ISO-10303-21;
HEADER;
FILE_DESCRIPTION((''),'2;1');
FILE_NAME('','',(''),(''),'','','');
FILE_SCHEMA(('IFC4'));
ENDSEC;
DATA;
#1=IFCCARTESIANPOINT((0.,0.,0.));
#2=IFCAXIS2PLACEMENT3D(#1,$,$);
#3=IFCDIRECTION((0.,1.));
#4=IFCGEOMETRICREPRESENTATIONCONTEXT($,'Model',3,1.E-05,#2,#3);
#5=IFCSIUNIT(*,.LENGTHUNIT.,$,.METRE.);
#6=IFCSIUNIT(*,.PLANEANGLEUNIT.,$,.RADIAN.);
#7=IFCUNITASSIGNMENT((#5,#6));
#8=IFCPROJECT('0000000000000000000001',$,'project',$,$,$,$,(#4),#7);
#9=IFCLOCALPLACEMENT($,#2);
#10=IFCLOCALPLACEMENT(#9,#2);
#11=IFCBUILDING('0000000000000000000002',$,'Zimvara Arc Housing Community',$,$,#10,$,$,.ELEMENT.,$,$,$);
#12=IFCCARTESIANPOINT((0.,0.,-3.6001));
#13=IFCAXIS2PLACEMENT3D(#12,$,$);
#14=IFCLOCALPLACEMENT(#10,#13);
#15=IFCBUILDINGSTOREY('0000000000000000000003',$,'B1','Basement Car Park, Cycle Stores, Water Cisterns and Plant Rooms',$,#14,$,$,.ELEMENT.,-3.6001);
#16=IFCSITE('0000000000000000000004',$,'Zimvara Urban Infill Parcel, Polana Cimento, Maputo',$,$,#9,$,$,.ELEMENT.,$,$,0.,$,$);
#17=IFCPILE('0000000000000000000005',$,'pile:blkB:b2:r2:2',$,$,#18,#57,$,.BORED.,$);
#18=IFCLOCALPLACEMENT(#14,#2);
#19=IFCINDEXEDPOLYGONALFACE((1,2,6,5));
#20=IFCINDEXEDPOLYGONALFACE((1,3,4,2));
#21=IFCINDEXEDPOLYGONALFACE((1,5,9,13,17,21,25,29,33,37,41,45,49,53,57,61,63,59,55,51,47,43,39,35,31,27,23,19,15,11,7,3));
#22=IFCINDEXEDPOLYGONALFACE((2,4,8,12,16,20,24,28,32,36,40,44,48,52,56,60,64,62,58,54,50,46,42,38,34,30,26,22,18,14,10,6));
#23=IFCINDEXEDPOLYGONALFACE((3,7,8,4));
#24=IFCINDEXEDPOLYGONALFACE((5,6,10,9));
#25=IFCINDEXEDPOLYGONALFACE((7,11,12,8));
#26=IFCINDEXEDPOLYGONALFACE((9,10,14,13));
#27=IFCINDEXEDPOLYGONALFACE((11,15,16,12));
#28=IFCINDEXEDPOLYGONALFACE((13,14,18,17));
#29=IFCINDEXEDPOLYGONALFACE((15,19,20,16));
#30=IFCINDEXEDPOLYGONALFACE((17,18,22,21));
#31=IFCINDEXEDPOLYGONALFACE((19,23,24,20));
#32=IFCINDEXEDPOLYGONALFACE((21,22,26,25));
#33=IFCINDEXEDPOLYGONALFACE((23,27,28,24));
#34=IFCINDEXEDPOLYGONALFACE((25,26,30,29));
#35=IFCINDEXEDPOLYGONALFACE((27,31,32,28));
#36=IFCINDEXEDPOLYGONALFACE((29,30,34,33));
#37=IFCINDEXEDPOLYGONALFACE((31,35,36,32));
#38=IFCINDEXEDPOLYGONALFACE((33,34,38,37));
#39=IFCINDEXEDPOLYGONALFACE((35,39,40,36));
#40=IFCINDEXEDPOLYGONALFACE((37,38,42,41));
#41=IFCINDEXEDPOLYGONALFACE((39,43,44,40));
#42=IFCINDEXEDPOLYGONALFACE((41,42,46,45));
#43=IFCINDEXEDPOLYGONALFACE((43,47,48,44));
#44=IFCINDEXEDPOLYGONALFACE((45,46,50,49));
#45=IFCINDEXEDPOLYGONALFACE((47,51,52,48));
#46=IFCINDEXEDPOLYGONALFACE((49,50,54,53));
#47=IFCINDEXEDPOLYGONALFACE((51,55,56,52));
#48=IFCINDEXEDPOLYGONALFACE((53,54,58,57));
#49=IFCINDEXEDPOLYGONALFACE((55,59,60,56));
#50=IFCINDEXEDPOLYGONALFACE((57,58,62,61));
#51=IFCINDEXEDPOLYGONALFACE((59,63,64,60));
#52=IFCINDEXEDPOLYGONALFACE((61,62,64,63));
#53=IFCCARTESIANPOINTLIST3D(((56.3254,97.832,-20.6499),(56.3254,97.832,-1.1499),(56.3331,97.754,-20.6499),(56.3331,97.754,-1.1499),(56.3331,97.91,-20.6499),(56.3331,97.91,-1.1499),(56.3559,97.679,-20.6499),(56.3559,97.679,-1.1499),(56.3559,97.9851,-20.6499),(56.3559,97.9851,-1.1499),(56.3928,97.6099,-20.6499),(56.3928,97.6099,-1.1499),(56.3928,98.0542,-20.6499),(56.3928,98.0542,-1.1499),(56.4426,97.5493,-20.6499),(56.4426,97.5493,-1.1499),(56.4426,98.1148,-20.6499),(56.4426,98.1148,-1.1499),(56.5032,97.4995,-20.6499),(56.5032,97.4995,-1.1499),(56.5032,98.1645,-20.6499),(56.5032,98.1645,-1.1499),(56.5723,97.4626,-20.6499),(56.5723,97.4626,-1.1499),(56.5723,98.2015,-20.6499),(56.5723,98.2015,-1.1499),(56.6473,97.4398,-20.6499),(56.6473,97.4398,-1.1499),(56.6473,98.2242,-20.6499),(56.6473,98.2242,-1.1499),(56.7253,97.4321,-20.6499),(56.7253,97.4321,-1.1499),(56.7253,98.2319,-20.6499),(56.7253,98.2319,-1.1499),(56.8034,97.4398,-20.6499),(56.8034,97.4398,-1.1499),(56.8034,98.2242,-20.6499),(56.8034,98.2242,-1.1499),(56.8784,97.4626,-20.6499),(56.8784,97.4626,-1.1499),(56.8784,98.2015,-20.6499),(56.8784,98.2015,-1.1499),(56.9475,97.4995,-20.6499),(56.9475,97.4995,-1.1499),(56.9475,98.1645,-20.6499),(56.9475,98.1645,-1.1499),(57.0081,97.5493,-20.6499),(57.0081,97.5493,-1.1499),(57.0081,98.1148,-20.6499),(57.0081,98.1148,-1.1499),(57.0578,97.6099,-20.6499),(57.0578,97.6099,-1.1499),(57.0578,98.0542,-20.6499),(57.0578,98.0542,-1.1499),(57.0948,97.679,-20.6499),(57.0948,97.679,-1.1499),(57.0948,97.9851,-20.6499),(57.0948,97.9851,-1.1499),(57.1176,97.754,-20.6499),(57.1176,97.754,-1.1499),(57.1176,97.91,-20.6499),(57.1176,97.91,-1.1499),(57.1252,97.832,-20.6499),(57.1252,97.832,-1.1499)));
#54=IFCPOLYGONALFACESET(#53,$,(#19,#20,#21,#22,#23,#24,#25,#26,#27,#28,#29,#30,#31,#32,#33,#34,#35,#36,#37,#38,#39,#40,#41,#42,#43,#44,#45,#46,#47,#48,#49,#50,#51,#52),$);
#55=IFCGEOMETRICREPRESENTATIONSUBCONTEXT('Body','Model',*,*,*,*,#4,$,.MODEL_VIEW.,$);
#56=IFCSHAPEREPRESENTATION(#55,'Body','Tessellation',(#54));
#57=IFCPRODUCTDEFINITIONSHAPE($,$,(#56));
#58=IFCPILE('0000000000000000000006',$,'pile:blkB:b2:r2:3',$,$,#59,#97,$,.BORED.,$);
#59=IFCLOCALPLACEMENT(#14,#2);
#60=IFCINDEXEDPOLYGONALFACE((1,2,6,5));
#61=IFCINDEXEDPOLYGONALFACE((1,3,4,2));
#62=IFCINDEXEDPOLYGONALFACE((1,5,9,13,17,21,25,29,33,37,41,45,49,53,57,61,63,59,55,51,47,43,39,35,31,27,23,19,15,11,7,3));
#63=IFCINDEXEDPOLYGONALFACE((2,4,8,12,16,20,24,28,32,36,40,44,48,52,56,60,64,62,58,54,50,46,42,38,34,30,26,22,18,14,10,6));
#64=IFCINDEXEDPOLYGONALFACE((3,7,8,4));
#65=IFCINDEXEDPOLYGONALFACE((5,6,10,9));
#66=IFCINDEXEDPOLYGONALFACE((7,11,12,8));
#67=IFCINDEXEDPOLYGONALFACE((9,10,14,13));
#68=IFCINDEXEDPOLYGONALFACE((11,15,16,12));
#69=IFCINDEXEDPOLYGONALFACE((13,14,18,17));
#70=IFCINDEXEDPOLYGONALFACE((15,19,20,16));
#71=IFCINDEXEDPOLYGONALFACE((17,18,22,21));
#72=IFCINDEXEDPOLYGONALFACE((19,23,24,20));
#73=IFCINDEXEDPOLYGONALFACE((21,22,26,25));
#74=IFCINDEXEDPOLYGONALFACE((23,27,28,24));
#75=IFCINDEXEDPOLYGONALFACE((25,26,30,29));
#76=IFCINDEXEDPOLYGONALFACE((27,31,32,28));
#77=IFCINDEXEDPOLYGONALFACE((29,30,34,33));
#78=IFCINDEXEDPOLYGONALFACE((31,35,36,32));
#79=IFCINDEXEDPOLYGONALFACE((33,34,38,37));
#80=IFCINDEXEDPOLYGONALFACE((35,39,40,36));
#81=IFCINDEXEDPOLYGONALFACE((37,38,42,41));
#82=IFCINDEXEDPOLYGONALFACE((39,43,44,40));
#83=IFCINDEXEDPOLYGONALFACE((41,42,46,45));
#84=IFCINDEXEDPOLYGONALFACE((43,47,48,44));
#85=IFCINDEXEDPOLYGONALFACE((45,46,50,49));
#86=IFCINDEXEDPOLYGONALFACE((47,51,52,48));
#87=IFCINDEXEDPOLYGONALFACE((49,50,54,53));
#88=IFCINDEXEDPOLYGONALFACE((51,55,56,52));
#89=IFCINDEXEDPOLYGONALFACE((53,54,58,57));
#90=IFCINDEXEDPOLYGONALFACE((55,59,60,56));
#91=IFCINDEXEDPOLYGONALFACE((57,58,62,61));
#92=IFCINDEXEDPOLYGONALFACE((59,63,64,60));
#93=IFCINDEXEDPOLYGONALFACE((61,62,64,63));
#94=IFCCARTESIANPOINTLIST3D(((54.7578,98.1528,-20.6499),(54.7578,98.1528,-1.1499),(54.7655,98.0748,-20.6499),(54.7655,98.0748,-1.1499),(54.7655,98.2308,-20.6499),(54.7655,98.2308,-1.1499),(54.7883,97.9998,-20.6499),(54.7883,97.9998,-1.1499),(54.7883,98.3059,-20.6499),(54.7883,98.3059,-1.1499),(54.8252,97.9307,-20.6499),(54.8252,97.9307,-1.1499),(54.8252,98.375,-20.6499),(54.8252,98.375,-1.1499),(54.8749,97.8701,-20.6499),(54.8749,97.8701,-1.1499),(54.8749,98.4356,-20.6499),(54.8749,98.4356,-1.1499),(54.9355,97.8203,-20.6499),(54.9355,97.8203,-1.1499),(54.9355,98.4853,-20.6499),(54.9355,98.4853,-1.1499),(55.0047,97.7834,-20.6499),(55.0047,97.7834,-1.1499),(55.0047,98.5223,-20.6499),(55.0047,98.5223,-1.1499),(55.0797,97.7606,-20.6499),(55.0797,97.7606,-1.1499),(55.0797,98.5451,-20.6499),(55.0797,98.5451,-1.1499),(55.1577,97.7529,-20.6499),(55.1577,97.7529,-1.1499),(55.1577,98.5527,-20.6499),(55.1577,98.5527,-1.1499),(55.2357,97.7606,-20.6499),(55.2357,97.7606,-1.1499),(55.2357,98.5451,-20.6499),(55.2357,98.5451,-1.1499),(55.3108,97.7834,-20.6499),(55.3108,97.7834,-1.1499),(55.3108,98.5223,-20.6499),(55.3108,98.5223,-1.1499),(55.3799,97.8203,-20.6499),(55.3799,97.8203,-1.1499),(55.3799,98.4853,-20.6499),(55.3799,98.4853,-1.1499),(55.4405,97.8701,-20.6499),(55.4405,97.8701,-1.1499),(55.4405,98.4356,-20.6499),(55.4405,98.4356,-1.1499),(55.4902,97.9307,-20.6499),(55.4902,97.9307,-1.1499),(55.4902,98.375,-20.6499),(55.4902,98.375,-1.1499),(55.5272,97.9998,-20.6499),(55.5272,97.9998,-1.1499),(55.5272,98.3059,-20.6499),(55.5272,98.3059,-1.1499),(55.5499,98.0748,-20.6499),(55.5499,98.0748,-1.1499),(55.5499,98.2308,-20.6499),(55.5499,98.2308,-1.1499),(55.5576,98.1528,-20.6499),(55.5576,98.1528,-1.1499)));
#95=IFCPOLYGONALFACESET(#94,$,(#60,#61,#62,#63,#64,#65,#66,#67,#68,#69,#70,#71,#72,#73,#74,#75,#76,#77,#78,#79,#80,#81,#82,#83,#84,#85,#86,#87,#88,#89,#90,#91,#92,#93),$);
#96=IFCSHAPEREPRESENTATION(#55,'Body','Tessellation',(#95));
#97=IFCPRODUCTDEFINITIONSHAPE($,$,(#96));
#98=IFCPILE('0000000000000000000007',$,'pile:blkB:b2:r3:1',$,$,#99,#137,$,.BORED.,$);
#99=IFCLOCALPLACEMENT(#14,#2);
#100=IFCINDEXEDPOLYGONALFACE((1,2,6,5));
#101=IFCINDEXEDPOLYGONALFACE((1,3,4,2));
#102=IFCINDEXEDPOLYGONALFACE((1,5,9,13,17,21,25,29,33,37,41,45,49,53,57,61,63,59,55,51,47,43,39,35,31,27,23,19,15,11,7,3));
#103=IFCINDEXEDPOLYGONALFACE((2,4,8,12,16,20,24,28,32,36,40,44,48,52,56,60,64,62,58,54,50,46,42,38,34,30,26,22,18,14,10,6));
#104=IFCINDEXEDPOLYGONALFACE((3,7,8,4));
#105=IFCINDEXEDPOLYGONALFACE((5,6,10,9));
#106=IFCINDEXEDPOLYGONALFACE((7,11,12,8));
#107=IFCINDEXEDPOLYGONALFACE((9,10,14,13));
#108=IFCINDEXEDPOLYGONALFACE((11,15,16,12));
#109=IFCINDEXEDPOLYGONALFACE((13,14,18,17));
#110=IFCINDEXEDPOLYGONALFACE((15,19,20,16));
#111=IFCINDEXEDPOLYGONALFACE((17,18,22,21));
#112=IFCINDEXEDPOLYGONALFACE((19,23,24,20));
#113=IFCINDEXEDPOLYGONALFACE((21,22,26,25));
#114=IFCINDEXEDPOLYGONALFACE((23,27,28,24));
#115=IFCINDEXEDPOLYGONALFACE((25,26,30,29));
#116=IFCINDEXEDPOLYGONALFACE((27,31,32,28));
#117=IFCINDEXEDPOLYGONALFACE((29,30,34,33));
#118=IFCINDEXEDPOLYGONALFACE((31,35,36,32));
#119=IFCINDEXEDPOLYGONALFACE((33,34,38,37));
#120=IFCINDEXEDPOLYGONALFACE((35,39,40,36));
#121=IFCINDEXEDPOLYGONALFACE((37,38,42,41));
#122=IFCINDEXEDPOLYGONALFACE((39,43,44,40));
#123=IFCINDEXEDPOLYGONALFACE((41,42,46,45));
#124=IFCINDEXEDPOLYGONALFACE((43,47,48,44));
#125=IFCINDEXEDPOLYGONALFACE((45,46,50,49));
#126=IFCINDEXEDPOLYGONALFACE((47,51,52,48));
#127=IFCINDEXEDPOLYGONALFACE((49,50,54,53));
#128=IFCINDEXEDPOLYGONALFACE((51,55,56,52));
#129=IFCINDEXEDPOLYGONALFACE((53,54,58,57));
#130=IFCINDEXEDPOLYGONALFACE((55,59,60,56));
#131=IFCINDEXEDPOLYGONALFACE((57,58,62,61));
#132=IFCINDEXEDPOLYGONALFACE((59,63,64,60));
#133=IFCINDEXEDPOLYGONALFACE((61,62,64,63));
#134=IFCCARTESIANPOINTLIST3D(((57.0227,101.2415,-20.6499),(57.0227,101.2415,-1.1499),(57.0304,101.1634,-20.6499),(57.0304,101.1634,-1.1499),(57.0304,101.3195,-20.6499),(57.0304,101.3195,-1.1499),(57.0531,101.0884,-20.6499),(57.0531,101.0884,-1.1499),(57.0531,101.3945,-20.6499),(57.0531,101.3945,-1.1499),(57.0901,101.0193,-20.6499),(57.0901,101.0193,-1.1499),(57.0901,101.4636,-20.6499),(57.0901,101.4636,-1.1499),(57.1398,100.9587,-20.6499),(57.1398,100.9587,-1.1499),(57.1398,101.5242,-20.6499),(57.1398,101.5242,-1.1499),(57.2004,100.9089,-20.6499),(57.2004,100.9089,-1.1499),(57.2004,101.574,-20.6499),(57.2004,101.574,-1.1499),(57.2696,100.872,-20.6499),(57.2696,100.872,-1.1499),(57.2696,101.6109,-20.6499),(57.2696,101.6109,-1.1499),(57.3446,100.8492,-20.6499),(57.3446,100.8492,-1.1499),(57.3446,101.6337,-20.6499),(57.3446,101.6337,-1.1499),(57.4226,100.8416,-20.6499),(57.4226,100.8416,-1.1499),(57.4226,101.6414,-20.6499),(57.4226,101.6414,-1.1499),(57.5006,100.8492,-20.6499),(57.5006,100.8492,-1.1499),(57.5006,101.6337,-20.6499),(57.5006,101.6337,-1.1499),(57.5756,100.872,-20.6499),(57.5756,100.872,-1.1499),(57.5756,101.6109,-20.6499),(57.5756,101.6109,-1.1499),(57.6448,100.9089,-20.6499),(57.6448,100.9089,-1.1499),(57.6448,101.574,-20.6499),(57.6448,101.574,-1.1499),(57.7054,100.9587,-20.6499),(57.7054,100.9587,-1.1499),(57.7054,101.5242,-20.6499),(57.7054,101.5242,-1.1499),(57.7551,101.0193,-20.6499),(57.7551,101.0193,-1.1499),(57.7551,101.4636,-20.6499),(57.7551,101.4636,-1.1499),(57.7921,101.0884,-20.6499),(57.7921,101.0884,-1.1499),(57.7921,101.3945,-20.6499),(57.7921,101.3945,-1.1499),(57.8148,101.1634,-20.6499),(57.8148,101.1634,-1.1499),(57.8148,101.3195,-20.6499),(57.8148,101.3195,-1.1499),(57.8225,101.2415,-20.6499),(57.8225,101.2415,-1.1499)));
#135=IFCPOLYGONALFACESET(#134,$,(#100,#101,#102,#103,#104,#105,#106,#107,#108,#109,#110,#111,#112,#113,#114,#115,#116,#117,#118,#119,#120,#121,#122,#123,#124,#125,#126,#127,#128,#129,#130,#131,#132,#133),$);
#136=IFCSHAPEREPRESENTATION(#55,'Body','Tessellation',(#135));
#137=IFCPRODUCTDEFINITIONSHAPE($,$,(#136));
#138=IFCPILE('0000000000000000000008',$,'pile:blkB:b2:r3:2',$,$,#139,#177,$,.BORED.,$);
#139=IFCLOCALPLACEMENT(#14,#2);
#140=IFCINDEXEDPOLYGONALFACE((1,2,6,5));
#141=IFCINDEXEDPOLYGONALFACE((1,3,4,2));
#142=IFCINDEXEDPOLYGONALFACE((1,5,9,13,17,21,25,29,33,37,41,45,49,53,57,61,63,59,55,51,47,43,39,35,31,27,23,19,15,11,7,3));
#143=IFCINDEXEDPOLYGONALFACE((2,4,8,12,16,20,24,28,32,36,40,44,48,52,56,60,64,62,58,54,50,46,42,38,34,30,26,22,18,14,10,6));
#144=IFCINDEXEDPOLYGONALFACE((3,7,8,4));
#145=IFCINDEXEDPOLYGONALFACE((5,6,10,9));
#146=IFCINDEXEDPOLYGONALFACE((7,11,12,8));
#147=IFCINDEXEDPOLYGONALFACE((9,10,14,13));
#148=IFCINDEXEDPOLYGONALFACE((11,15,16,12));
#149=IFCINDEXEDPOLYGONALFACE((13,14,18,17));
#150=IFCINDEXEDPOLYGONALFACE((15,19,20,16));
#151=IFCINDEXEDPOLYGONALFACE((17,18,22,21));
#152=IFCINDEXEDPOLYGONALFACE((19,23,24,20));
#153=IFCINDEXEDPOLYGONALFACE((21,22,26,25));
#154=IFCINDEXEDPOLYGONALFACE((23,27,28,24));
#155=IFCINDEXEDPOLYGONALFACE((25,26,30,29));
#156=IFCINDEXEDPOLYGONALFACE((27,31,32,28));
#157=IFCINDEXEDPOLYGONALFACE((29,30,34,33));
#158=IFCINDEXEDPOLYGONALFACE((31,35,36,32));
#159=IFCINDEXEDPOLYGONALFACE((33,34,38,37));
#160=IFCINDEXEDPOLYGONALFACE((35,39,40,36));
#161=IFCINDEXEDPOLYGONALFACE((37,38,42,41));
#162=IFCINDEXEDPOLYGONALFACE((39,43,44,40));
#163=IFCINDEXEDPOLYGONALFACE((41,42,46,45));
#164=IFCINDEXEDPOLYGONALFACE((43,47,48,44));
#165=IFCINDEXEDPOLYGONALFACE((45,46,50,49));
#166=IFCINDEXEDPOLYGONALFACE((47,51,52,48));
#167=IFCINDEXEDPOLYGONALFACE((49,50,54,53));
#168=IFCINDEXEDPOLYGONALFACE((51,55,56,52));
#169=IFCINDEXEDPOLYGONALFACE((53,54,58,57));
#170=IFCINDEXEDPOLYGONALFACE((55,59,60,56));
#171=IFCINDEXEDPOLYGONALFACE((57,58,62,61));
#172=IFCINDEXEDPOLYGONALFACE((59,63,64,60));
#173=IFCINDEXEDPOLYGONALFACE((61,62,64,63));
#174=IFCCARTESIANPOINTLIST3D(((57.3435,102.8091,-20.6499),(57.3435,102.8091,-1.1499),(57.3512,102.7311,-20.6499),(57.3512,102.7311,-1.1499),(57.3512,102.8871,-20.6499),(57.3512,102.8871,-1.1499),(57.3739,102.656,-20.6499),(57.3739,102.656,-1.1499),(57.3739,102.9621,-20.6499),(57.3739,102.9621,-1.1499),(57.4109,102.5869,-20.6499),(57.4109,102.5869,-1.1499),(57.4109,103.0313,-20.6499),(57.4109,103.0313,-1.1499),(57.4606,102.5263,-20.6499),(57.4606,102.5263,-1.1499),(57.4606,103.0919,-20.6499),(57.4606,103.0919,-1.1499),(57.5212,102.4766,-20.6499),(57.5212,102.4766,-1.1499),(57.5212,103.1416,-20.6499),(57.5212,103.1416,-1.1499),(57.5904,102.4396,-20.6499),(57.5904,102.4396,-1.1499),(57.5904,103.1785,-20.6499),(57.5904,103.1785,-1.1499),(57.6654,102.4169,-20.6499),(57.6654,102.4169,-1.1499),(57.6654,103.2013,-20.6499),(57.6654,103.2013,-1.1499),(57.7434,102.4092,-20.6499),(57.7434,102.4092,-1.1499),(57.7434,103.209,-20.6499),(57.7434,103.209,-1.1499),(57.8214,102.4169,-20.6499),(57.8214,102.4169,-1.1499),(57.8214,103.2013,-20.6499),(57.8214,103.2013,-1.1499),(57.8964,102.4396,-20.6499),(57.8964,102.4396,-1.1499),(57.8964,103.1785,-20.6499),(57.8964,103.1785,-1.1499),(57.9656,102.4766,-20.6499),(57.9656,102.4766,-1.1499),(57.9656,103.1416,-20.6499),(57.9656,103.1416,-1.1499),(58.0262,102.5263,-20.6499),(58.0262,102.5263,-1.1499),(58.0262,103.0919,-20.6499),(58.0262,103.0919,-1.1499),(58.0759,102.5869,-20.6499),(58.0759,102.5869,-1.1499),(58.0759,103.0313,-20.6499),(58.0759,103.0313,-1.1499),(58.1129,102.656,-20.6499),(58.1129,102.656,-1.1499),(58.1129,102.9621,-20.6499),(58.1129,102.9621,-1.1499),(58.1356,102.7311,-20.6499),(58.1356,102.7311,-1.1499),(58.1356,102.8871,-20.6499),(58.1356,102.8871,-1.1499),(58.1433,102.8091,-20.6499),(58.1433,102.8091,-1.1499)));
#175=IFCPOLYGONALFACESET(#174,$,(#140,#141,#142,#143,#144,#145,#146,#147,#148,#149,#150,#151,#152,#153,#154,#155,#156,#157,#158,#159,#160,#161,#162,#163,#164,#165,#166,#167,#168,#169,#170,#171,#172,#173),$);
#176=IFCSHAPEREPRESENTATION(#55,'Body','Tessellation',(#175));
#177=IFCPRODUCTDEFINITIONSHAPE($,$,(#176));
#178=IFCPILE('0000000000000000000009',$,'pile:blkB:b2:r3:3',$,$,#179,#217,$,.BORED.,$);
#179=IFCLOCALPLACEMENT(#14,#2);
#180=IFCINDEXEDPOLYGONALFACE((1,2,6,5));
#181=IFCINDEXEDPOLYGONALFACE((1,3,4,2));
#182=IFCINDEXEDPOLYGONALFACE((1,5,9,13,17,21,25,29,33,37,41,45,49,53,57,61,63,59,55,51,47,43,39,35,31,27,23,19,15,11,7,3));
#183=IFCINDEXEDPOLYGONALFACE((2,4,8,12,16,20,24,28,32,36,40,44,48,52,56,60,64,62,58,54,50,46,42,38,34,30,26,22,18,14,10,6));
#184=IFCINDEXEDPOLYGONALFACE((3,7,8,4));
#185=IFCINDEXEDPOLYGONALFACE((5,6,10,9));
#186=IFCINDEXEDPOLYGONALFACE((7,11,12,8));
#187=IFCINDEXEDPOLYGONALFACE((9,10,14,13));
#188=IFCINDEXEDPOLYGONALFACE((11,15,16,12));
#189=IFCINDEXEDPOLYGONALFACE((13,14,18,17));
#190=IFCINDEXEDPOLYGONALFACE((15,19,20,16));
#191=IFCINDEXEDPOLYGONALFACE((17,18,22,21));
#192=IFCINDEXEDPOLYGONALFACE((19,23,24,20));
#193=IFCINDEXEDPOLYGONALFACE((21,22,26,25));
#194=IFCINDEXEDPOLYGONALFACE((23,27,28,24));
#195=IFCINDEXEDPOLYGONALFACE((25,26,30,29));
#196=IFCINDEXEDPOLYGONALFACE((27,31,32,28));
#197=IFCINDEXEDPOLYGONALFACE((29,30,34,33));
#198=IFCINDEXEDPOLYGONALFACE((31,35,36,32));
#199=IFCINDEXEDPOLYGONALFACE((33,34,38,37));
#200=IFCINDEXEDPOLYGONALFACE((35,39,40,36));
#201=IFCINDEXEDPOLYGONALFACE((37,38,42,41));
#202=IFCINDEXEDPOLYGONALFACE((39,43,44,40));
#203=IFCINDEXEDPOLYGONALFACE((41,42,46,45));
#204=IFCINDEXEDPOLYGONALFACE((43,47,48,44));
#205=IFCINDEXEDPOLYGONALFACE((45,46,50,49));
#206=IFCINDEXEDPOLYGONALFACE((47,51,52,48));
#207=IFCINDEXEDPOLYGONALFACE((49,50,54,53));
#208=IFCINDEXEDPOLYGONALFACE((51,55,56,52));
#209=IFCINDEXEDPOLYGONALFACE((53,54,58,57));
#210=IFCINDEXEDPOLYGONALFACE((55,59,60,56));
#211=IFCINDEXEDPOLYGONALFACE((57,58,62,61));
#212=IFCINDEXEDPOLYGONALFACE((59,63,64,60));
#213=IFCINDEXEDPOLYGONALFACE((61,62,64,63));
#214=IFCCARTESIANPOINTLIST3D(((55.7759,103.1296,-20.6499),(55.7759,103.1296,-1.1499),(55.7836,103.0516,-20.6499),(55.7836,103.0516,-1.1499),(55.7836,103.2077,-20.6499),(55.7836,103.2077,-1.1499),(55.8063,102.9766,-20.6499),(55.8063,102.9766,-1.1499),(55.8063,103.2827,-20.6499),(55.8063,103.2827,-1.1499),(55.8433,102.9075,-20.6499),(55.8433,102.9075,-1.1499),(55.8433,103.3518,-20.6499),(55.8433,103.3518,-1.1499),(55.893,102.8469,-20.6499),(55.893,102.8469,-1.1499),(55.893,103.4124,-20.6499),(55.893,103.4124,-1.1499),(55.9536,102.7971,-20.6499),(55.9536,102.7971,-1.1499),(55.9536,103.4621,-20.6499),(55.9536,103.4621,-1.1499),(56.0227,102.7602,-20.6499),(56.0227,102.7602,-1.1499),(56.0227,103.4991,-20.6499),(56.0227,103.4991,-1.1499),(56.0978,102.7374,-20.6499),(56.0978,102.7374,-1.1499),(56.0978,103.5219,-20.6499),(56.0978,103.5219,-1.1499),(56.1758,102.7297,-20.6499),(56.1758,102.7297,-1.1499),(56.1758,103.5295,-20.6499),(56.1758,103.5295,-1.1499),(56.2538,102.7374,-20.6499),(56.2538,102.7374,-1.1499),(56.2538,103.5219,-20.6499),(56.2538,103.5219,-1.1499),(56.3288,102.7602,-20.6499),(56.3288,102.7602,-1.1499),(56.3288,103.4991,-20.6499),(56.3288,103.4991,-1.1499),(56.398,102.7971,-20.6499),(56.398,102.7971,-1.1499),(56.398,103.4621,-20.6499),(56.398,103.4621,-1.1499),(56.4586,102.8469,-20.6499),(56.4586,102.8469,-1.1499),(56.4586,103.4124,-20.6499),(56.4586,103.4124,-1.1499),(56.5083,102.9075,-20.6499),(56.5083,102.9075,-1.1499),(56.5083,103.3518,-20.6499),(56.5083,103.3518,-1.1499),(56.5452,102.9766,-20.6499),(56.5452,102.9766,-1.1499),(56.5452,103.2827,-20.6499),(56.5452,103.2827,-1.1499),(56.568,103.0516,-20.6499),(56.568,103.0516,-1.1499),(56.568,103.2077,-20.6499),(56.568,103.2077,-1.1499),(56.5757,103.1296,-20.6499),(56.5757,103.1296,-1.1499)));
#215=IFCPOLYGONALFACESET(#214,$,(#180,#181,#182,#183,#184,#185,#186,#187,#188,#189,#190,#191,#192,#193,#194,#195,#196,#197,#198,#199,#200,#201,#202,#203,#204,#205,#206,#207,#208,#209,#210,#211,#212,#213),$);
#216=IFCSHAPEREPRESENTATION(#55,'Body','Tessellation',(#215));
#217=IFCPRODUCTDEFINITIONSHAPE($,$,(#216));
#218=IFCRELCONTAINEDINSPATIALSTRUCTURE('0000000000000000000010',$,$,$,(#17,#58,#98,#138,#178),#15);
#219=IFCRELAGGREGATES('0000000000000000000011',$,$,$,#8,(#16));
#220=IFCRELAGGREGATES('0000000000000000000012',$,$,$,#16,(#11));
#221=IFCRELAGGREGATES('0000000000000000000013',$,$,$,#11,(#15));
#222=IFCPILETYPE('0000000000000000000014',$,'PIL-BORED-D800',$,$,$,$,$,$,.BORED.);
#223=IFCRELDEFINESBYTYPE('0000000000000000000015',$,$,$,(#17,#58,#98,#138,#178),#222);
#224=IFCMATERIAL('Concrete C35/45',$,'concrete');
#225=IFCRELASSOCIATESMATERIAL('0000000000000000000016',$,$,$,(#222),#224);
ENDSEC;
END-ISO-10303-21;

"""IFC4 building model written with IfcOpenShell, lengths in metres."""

from ifc_helpers import new_model, si_unit, direction, frame, origin, origin_2d, place, context, subcontext, project, spatial, circle, extrude, material, material_profile, profile_set, type_object, element, save


model = new_model("IFC4")

# Units and contexts
model_context = context("Model", 3, precision=1e-05, world=origin(), true_north=direction((0.0, 1.0)))
body_context = subcontext(model_context, "Body", "Model", "MODEL_VIEW")
ifc_project = project(units=[si_unit("LENGTHUNIT", "METRE"), si_unit("PLANEANGLEUNIT", "RADIAN")], contexts=[model_context])

# Site, building, storey
site_placement = place(None, origin())
site = spatial("IfcSite", under=ifc_project, at=site_placement, Name="Zimvara Urban Infill Parcel, Polana Cimento, Maputo", CompositionType="ELEMENT", RefElevation=0.0)
building_placement = place(site_placement, origin())
building = spatial("IfcBuilding", under=site, at=building_placement, Name="Zimvara Arc Housing Community", CompositionType="ELEMENT")
storey_placement = place(building_placement, frame((0.0, 0.0, -3.6001)))
storey = spatial("IfcBuildingStorey", under=building, at=storey_placement, Name="B1", Description="Basement Car Park, Cycle Stores, Water Cisterns and Plant Rooms", CompositionType="ELEMENT", Elevation=-3.6001)

# Piles
ifc_material_1 = material(Name="Concrete C35/45", Category="concrete")
ifc_material_profile_1 = material_profile(ifc_material_1, circle(Radius=0.3999, at=origin_2d()), Name="PILE D800")
ifc_profile_set_1 = profile_set([ifc_material_profile_1], Name="Concrete C35/45")
pile_type = type_object("IfcPileType", Name="PIL-BORED-D800", PredefinedType="BORED", material=ifc_profile_set_1)
for number, where, z_axis, x_axis, name in (
    (1, (56.7253, 97.832, -1.1499), (0.0, 0.0, -1.0), (1.0, 0.0, 0.0), "pile:blkB:b2:r2:2"),
    (2, (55.1577, 98.1528, -1.1499), (0.0, 0.0, -1.0), (1.0, 0.0, 0.0), "pile:blkB:b2:r2:3"),
    (3, (57.4226, 101.2415, -1.1499), (0.0, 0.0, -1.0), (1.0, 0.0, 0.0), "pile:blkB:b2:r3:1"),
    (4, (57.7434, 102.8091, -1.1499), (0.0, 0.0, -1.0), (1.0, 0.0, 0.0), "pile:blkB:b2:r3:2"),
    (5, (56.1758, 103.1296, -1.1499), (0.0, 0.0, -1.0), (1.0, 0.0, 0.0), "pile:blkB:b2:r3:3"),
):
    element("IfcPile", number, at=place(storey_placement, frame(where, z_axis=z_axis, x_axis=x_axis)), inside=storey, type_object=pile_type, Name=name, PredefinedType="BORED", context=body_context, shape_type="SweptSolid", body=[
        extrude(circle(Radius=0.3999, at=origin_2d()), origin(), (0.0, 0.0, 1.0), 19.5),
    ])

save(model, "model.ifc")
